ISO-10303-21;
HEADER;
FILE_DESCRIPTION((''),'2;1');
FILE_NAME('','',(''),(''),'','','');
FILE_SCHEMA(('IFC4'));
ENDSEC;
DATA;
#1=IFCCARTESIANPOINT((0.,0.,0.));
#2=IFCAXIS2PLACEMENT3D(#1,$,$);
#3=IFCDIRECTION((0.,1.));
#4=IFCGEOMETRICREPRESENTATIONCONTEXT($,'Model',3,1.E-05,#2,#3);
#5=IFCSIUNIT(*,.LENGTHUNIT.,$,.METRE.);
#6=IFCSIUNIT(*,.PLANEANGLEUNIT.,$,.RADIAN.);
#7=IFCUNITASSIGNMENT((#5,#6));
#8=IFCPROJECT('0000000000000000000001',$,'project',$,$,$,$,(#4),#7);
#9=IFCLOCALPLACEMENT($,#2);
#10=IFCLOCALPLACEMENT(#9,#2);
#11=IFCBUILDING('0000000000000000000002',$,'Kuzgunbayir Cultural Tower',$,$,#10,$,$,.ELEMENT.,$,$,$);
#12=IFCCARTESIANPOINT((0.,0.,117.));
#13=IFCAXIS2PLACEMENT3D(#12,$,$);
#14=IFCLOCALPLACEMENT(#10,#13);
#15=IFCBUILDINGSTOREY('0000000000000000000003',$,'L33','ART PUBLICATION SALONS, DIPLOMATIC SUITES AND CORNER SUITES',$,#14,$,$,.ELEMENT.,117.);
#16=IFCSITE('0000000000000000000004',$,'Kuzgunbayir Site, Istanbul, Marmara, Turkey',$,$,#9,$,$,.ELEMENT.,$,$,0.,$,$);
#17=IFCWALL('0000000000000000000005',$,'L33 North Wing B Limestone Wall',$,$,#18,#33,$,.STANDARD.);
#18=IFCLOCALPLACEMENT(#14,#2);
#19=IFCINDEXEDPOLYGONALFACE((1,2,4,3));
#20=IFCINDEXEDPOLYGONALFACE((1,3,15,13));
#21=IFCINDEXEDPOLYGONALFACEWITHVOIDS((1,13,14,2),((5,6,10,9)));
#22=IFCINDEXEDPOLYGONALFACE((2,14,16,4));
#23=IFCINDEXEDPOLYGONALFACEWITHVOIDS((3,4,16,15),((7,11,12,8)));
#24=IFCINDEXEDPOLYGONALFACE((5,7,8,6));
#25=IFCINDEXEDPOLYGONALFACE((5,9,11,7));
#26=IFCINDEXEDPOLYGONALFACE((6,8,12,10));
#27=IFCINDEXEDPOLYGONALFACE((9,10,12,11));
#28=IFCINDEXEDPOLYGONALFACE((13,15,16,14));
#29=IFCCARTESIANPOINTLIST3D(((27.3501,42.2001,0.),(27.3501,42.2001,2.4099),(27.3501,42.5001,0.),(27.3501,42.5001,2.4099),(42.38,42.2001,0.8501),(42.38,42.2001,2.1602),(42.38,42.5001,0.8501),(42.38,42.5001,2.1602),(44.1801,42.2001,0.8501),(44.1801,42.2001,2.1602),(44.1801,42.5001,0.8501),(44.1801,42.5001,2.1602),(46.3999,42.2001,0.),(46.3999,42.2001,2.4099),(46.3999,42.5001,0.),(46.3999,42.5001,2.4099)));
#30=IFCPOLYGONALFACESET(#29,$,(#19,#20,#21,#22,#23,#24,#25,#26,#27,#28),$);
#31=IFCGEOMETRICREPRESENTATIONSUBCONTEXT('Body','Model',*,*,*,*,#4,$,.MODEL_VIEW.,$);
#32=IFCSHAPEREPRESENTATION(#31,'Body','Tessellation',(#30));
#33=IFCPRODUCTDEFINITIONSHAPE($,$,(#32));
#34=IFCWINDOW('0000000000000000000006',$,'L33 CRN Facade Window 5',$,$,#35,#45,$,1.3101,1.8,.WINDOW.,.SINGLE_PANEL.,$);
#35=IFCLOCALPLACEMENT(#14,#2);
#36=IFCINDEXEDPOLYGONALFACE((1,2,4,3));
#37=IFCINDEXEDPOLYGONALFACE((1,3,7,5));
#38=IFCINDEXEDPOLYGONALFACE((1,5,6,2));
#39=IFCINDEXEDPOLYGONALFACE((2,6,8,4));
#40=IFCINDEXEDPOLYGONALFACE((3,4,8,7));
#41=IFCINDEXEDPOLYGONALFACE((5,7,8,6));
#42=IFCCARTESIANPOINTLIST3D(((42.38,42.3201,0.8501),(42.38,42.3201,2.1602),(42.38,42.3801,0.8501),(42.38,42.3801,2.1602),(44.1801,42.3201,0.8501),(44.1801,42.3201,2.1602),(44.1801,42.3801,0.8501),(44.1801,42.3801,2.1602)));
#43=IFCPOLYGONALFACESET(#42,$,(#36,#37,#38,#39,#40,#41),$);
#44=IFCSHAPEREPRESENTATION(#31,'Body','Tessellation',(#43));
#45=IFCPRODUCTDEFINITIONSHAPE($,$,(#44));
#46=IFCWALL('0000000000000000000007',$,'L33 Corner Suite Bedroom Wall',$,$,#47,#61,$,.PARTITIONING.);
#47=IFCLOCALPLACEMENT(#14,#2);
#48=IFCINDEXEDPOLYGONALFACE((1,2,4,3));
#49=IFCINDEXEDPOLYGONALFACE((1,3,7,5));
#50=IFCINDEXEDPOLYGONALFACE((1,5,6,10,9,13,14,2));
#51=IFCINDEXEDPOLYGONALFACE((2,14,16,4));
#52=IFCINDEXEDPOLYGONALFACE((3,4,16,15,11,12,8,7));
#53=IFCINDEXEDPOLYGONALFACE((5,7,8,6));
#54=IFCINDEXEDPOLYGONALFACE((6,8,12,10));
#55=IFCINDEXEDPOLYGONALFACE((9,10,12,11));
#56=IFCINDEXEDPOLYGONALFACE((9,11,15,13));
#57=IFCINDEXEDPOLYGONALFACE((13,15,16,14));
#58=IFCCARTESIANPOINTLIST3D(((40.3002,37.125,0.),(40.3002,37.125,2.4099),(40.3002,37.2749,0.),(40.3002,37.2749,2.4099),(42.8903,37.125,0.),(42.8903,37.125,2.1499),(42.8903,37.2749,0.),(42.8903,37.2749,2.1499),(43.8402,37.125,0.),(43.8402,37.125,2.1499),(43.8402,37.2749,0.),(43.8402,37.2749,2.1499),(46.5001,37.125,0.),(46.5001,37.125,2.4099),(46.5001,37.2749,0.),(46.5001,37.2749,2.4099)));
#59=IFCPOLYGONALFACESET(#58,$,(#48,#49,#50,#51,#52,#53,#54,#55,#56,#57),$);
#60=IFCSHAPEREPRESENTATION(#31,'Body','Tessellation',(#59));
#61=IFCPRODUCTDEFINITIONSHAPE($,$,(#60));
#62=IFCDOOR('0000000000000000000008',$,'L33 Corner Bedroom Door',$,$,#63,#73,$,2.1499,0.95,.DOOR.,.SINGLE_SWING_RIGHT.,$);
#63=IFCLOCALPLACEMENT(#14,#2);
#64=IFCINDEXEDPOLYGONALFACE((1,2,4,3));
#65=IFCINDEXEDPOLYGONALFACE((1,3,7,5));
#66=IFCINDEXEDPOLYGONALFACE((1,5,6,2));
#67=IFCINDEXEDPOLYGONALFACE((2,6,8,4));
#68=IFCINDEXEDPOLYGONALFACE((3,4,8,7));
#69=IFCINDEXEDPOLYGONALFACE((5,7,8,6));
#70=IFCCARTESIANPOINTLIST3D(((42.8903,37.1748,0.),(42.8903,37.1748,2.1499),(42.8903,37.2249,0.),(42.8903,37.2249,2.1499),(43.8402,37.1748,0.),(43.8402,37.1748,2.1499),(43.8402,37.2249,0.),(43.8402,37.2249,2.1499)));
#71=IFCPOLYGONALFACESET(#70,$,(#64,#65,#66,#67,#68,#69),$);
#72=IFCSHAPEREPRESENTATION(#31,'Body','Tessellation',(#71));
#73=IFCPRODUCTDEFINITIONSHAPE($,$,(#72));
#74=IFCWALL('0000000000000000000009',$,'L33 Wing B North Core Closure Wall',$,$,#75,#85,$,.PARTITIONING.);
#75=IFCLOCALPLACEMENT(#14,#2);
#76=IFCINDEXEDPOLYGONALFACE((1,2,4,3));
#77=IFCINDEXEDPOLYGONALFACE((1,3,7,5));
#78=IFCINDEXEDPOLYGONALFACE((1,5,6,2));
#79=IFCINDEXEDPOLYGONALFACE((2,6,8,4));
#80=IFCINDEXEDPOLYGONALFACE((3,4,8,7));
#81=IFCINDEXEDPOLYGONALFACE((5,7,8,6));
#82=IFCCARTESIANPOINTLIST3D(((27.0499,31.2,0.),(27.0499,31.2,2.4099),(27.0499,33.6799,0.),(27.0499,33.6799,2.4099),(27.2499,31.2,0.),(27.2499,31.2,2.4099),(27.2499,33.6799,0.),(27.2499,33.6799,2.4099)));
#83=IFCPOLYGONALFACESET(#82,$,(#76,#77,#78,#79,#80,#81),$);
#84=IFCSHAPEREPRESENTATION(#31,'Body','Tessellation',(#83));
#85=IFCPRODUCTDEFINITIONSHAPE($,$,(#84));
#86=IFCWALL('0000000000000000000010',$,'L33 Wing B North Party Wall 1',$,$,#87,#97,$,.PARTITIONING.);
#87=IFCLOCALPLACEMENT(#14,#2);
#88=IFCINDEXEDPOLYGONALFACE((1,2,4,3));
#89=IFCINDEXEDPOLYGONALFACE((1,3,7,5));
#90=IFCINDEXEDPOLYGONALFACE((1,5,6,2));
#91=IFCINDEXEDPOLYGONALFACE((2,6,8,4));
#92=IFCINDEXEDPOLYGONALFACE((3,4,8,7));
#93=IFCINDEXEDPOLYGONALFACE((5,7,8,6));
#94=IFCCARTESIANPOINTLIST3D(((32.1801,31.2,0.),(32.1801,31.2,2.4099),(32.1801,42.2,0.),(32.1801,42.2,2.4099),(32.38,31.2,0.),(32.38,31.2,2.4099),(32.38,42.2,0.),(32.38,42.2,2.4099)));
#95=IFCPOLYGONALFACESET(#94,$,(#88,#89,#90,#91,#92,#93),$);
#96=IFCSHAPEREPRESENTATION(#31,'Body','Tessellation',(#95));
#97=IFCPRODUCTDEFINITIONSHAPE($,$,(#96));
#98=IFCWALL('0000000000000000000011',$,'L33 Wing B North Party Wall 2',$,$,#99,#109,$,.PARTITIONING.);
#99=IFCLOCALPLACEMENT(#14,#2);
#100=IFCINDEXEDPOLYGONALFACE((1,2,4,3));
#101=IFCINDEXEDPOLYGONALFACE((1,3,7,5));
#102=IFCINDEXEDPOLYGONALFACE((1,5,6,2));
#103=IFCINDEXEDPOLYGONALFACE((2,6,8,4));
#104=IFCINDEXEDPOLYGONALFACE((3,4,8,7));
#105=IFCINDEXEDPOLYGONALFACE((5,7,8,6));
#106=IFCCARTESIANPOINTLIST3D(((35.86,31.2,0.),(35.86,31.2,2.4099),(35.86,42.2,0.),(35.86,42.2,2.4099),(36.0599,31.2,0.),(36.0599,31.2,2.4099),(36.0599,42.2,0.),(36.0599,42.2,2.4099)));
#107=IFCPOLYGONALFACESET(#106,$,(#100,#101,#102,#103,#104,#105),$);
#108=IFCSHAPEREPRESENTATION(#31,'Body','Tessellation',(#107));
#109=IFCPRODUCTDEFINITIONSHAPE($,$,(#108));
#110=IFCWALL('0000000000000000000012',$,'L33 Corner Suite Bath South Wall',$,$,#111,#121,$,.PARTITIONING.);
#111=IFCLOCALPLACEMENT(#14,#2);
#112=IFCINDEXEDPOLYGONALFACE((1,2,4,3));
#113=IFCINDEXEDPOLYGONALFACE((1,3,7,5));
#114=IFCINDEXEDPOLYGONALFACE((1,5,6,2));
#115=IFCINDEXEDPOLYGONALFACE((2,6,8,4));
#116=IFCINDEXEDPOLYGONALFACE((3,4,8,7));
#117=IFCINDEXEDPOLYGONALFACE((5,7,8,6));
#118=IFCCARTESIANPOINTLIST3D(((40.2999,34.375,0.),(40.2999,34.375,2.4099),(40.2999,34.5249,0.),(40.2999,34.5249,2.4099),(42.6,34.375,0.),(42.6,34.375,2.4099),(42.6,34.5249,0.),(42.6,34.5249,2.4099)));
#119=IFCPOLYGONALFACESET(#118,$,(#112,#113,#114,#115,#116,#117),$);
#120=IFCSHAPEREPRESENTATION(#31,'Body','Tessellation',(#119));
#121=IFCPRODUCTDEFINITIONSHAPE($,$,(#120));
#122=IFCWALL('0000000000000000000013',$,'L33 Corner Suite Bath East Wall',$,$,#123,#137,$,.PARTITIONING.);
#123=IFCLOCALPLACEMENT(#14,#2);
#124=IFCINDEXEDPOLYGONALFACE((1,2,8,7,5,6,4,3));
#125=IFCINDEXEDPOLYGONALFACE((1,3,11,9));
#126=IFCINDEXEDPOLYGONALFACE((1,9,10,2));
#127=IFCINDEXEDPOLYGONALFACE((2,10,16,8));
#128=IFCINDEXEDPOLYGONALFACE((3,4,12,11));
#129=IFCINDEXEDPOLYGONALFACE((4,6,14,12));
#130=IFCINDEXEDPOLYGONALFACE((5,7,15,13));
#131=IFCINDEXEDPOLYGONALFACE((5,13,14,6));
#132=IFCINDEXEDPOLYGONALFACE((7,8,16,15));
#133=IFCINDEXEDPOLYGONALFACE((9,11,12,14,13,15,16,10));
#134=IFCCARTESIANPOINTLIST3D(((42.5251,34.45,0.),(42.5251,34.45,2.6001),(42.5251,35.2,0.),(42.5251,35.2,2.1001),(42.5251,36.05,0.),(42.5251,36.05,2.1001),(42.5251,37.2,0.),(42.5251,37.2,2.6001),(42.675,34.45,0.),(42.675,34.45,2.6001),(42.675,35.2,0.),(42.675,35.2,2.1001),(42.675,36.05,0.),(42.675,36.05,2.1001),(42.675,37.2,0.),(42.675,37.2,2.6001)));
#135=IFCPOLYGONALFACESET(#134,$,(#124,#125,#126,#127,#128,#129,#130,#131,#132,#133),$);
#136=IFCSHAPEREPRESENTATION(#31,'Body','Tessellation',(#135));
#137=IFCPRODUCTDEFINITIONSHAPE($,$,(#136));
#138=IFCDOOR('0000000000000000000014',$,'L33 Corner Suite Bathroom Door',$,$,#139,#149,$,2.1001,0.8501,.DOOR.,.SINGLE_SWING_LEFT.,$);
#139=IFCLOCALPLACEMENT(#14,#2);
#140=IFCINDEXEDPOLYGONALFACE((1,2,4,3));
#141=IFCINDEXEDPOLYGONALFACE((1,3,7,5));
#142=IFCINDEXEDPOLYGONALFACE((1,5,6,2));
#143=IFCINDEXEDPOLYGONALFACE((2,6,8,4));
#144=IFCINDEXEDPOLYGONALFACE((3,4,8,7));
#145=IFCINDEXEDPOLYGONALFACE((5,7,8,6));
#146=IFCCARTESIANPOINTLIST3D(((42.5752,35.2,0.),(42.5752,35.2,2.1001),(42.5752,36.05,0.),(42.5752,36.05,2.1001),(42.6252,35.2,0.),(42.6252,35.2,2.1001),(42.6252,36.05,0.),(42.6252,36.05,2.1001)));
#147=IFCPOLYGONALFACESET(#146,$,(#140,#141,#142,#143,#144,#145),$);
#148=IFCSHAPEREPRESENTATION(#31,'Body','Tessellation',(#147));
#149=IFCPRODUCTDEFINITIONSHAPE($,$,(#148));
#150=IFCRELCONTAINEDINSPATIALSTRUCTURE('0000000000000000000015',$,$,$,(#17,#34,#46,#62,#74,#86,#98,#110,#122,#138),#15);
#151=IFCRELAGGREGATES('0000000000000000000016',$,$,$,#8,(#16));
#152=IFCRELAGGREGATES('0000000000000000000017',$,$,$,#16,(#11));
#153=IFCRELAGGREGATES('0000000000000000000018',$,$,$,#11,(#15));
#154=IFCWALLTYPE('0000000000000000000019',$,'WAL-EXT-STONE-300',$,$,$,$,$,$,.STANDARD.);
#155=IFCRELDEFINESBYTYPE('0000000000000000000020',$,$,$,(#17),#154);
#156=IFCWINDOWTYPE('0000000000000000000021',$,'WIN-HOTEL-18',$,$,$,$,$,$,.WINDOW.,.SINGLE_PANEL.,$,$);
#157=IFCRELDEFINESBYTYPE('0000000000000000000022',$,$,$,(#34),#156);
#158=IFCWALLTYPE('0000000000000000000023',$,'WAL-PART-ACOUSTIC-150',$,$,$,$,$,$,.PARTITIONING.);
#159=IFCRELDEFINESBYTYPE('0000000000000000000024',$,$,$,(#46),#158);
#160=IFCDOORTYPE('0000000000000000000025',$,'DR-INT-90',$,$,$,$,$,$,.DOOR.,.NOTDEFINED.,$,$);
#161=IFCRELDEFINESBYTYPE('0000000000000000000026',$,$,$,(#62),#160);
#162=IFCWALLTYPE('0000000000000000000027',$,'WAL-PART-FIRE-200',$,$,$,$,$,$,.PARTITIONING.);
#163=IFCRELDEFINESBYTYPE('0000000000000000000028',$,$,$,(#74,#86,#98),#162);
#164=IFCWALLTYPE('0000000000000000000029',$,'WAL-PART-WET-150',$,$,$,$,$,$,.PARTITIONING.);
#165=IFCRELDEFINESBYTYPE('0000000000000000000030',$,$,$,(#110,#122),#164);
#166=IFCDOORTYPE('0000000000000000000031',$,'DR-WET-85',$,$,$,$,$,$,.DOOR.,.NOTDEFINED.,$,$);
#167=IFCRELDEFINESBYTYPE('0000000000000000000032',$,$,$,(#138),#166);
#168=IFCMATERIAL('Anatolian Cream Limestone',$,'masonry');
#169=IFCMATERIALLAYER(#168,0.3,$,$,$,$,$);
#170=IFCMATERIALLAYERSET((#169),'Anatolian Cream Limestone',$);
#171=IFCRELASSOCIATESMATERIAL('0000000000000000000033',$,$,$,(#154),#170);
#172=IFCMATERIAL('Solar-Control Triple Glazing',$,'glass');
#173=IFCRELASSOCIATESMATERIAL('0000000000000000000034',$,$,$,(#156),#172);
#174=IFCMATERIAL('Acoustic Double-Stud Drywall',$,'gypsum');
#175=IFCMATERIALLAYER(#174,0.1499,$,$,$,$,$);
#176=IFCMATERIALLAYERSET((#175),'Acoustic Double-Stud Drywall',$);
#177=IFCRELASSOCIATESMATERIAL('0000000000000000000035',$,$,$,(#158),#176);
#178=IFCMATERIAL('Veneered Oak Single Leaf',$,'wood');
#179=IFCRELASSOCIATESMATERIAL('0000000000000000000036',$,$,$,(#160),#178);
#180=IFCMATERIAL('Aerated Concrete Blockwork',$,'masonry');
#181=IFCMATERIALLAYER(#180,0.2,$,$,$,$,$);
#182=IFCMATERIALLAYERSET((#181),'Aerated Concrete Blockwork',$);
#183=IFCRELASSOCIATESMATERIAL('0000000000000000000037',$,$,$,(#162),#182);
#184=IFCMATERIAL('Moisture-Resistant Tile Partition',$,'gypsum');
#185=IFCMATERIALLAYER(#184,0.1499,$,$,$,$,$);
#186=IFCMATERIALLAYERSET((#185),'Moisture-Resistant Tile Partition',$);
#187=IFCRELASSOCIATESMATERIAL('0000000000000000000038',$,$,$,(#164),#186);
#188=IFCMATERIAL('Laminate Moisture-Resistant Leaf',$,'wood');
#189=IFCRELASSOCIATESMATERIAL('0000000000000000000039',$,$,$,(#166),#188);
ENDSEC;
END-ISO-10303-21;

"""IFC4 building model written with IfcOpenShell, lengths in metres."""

from ifc_helpers import new_model, si_unit, direction, frame, frame_2d, origin, place, context, subcontext, project, spatial, rectangle, extrude, material, layer, layer_set, type_object, element, fill, save


model = new_model("IFC4")

# Units and contexts
model_context = context("Model", 3, precision=1e-05, world=origin(), true_north=direction((0.0, 1.0)))
body_context = subcontext(model_context, "Body", "Model", "MODEL_VIEW")
ifc_project = project(units=[si_unit("LENGTHUNIT", "METRE"), si_unit("PLANEANGLEUNIT", "RADIAN")], contexts=[model_context])

# Site, building, storey
site_placement = place(None, origin())
site = spatial("IfcSite", under=ifc_project, at=site_placement, Name="Kuzgunbayir Site, Istanbul, Marmara, Turkey", CompositionType="ELEMENT", RefElevation=0.0)
building_placement = place(site_placement, origin())
building = spatial("IfcBuilding", under=site, at=building_placement, Name="Kuzgunbayir Cultural Tower", CompositionType="ELEMENT")
storey_placement = place(building_placement, frame((0.0, 0.0, 117.0)))
storey = spatial("IfcBuildingStorey", under=building, at=storey_placement, Name="L33", Description="ART PUBLICATION SALONS, DIPLOMATIC SUITES AND CORNER SUITES", CompositionType="ELEMENT", Elevation=117.0)

# Wall, opening, window
ifc_material_1 = material(Name="Anatolian Cream Limestone", Category="masonry")
ifc_layer_1 = layer(ifc_material_1, 0.3)
ifc_layer_set_1 = layer_set([ifc_layer_1], Name="Anatolian Cream Limestone")
wall_type_1 = type_object("IfcWallType", Name="WAL-EXT-STONE-300", PredefinedType="STANDARD", material=ifc_layer_set_1)
wall_1_placement = place(storey_placement, frame((46.3999, 42.3501, 0.0), z_axis=(0.0, 0.0, 1.0), x_axis=(-1.0, 0.0, 0.0)))
wall_1 = element("IfcWall", 1, at=wall_1_placement, inside=storey, type_object=wall_type_1, Name="L33 North Wing B Limestone Wall", PredefinedType="STANDARD", context=body_context, shape_type="SweptSolid", body=[
    extrude(rectangle(XDim=19.0498, YDim=0.3, at=frame_2d((9.5249, 0.0))), origin(), (0.0, 0.0, 1.0), 2.4099),
])
opening_1_placement = place(wall_1_placement, frame((2.22, 0.0, 0.8501)))
opening_1 = element("IfcOpeningElement", 2, at=opening_1_placement, cuts=wall_1, PredefinedType="OPENING", context=body_context, shape_type="SweptSolid", body=[
    extrude(rectangle(XDim=1.8, YDim=1.3101, at=frame_2d((0.8999, 0.655))), frame((0.0, 0.1602, 0.0), z_axis=(0.0, -1.0, 0.0), x_axis=(1.0, 0.0, 0.0)), (0.0, 0.0, 1.0), 0.3201),
])
ifc_material_2 = material(Name="Solar-Control Triple Glazing", Category="glass")
window_type = type_object("IfcWindowType", Name="WIN-HOTEL-18", PartitioningType="SINGLE_PANEL", PredefinedType="WINDOW", material=ifc_material_2)
window_placement = place(opening_1_placement, origin())
window = element("IfcWindow", 3, at=window_placement, inside=storey, type_object=window_type, Name="L33 CRN Facade Window 5", OverallHeight=1.3101, OverallWidth=1.8, PartitioningType="SINGLE_PANEL", PredefinedType="WINDOW", context=body_context, shape_type="SweptSolid", body=[
    extrude(rectangle(XDim=1.8, YDim=1.3101, at=frame_2d((0.8999, 0.655))), frame((0.0, 0.03, 0.0), z_axis=(0.0, -1.0, 0.0), x_axis=(1.0, 0.0, 0.0)), (0.0, 0.0, 1.0), 0.0601),
])
fill(opening_1, window)

# Wall, opening, door
ifc_material_3 = material(Name="Acoustic Double-Stud Drywall", Category="gypsum")
ifc_layer_2 = layer(ifc_material_3, 0.1499)
ifc_layer_set_2 = layer_set([ifc_layer_2], Name="Acoustic Double-Stud Drywall")
wall_type_2 = type_object("IfcWallType", Name="WAL-PART-ACOUSTIC-150", PredefinedType="PARTITIONING", material=ifc_layer_set_2)
wall_2_placement = place(storey_placement, frame((40.3, 37.2, 0.0), z_axis=(0.0, 0.0, 1.0), x_axis=(1.0, 0.0, 0.0)))
wall_2 = element("IfcWall", 4, at=wall_2_placement, inside=storey, type_object=wall_type_2, Name="L33 Corner Suite Bedroom Wall", PredefinedType="PARTITIONING", context=body_context, shape_type="SweptSolid", body=[
    extrude(rectangle(XDim=6.2, YDim=0.1499, at=frame_2d((3.1001, 0.0))), origin(), (0.0, 0.0, 1.0), 2.4099),
])
opening_2_placement = place(wall_2_placement, frame((2.5901, 0.0, 0.0)))
opening_2 = element("IfcOpeningElement", 5, at=opening_2_placement, cuts=wall_2, PredefinedType="OPENING", context=body_context, shape_type="SweptSolid", body=[
    extrude(rectangle(XDim=0.95, YDim=2.1499, at=frame_2d((0.4751, 1.075))), frame((0.0, 0.085, 0.0), z_axis=(0.0, -1.0, 0.0), x_axis=(1.0, 0.0, 0.0)), (0.0, 0.0, 1.0), 0.1699),
])
ifc_material_4 = material(Name="Veneered Oak Single Leaf", Category="wood")
door_type_1 = type_object("IfcDoorType", Name="DR-INT-90", OperationType="NOTDEFINED", PredefinedType="DOOR", material=ifc_material_4)
door_1_placement = place(opening_2_placement, origin())
door_1 = element("IfcDoor", 6, at=door_1_placement, inside=storey, type_object=door_type_1, Name="L33 Corner Bedroom Door", OperationType="SINGLE_SWING_RIGHT", OverallHeight=2.1499, OverallWidth=0.95, PredefinedType="DOOR", context=body_context, shape_type="SweptSolid", body=[
    extrude(rectangle(XDim=0.95, YDim=2.1499, at=frame_2d((0.4751, 1.075))), frame((0.0, 0.0249, 0.0), z_axis=(0.0, -1.0, 0.0), x_axis=(1.0, 0.0, 0.0)), (0.0, 0.0, 1.0), 0.05),
])
fill(opening_2, door_1)

# Walls
ifc_material_5 = material(Name="Aerated Concrete Blockwork", Category="masonry")
ifc_layer_3 = layer(ifc_material_5, 0.2)
ifc_layer_set_3 = layer_set([ifc_layer_3], Name="Aerated Concrete Blockwork")
wall_type_3 = type_object("IfcWallType", Name="WAL-PART-FIRE-200", PredefinedType="PARTITIONING", material=ifc_layer_set_3)
wall_3_placement = place(storey_placement, frame((27.1499, 31.2, 0.0), z_axis=(0.0, 0.0, 1.0), x_axis=(0.0, 1.0, 0.0)))
element("IfcWall", 7, at=wall_3_placement, inside=storey, type_object=wall_type_3, Name="L33 Wing B North Core Closure Wall", PredefinedType="PARTITIONING", context=body_context, shape_type="SweptSolid", body=[
    extrude(rectangle(XDim=2.48, YDim=0.2, at=frame_2d((1.24, 0.0))), origin(), (0.0, 0.0, 1.0), 2.4099),
])
for number, where, z_axis, x_axis, name in (
    (8, (32.28, 31.2, 0.0), (0.0, 0.0, 1.0), (0.0, 1.0, 0.0), "L33 Wing B North Party Wall 1"),
    (9, (35.96, 31.2, 0.0), (0.0, 0.0, 1.0), (0.0, 1.0, 0.0), "L33 Wing B North Party Wall 2"),
):
    element("IfcWall", number, at=place(storey_placement, frame(where, z_axis=z_axis, x_axis=x_axis)), inside=storey, type_object=wall_type_3, Name=name, PredefinedType="PARTITIONING", context=body_context, shape_type="SweptSolid", body=[
        extrude(rectangle(XDim=11.0, YDim=0.2, at=frame_2d((5.5, 0.0))), origin(), (0.0, 0.0, 1.0), 2.4099),
    ])
ifc_material_6 = material(Name="Moisture-Resistant Tile Partition", Category="gypsum")
ifc_layer_4 = layer(ifc_material_6, 0.1499)
ifc_layer_set_4 = layer_set([ifc_layer_4], Name="Moisture-Resistant Tile Partition")
wall_type_4 = type_object("IfcWallType", Name="WAL-PART-WET-150", PredefinedType="PARTITIONING", material=ifc_layer_set_4)
wall_4_placement = place(storey_placement, frame((40.3, 34.45, 0.0), z_axis=(0.0, 0.0, 1.0), x_axis=(1.0, 0.0, 0.0)))
element("IfcWall", 10, at=wall_4_placement, inside=storey, type_object=wall_type_4, Name="L33 Corner Suite Bath South Wall", PredefinedType="PARTITIONING", context=body_context, shape_type="SweptSolid", body=[
    extrude(rectangle(XDim=2.3, YDim=0.1499, at=frame_2d((1.1499, 0.0))), origin(), (0.0, 0.0, 1.0), 2.4099),
])

# Wall, opening, door
wall_5_placement = place(storey_placement, frame((42.6001, 34.45, 0.0), z_axis=(0.0, 0.0, 1.0), x_axis=(0.0, 1.0, 0.0)))
wall_5 = element("IfcWall", 11, at=wall_5_placement, inside=storey, type_object=wall_type_4, Name="L33 Corner Suite Bath East Wall", PredefinedType="PARTITIONING", context=body_context, shape_type="SweptSolid", body=[
    extrude(rectangle(XDim=2.75, YDim=0.1499, at=frame_2d((1.375, 0.0))), origin(), (0.0, 0.0, 1.0), 2.6001),
])
opening_3_placement = place(wall_5_placement, frame((0.75, 0.0, 0.0)))
opening_3 = element("IfcOpeningElement", 12, at=opening_3_placement, cuts=wall_5, PredefinedType="OPENING", context=body_context, shape_type="SweptSolid", body=[
    extrude(rectangle(XDim=0.8501, YDim=2.1001, at=frame_2d((0.425, 1.05))), frame((0.0, 0.085, 0.0), z_axis=(0.0, -1.0, 0.0), x_axis=(1.0, 0.0, 0.0)), (0.0, 0.0, 1.0), 0.1699),
])
ifc_material_7 = material(Name="Laminate Moisture-Resistant Leaf", Category="wood")
door_type_2 = type_object("IfcDoorType", Name="DR-WET-85", OperationType="NOTDEFINED", PredefinedType="DOOR", material=ifc_material_7)
door_2_placement = place(opening_3_placement, origin())
door_2 = element("IfcDoor", 13, at=door_2_placement, inside=storey, type_object=door_type_2, Name="L33 Corner Suite Bathroom Door", OperationType="SINGLE_SWING_LEFT", OverallHeight=2.1001, OverallWidth=0.8501, PredefinedType="DOOR", context=body_context, shape_type="SweptSolid", body=[
    extrude(rectangle(XDim=0.8501, YDim=2.1001, at=frame_2d((0.425, 1.05))), frame((0.0, 0.0249, 0.0), z_axis=(0.0, -1.0, 0.0), x_axis=(1.0, 0.0, 0.0)), (0.0, 0.0, 1.0), 0.05),
])
fill(opening_3, door_2)

save(model, "model.ifc")
